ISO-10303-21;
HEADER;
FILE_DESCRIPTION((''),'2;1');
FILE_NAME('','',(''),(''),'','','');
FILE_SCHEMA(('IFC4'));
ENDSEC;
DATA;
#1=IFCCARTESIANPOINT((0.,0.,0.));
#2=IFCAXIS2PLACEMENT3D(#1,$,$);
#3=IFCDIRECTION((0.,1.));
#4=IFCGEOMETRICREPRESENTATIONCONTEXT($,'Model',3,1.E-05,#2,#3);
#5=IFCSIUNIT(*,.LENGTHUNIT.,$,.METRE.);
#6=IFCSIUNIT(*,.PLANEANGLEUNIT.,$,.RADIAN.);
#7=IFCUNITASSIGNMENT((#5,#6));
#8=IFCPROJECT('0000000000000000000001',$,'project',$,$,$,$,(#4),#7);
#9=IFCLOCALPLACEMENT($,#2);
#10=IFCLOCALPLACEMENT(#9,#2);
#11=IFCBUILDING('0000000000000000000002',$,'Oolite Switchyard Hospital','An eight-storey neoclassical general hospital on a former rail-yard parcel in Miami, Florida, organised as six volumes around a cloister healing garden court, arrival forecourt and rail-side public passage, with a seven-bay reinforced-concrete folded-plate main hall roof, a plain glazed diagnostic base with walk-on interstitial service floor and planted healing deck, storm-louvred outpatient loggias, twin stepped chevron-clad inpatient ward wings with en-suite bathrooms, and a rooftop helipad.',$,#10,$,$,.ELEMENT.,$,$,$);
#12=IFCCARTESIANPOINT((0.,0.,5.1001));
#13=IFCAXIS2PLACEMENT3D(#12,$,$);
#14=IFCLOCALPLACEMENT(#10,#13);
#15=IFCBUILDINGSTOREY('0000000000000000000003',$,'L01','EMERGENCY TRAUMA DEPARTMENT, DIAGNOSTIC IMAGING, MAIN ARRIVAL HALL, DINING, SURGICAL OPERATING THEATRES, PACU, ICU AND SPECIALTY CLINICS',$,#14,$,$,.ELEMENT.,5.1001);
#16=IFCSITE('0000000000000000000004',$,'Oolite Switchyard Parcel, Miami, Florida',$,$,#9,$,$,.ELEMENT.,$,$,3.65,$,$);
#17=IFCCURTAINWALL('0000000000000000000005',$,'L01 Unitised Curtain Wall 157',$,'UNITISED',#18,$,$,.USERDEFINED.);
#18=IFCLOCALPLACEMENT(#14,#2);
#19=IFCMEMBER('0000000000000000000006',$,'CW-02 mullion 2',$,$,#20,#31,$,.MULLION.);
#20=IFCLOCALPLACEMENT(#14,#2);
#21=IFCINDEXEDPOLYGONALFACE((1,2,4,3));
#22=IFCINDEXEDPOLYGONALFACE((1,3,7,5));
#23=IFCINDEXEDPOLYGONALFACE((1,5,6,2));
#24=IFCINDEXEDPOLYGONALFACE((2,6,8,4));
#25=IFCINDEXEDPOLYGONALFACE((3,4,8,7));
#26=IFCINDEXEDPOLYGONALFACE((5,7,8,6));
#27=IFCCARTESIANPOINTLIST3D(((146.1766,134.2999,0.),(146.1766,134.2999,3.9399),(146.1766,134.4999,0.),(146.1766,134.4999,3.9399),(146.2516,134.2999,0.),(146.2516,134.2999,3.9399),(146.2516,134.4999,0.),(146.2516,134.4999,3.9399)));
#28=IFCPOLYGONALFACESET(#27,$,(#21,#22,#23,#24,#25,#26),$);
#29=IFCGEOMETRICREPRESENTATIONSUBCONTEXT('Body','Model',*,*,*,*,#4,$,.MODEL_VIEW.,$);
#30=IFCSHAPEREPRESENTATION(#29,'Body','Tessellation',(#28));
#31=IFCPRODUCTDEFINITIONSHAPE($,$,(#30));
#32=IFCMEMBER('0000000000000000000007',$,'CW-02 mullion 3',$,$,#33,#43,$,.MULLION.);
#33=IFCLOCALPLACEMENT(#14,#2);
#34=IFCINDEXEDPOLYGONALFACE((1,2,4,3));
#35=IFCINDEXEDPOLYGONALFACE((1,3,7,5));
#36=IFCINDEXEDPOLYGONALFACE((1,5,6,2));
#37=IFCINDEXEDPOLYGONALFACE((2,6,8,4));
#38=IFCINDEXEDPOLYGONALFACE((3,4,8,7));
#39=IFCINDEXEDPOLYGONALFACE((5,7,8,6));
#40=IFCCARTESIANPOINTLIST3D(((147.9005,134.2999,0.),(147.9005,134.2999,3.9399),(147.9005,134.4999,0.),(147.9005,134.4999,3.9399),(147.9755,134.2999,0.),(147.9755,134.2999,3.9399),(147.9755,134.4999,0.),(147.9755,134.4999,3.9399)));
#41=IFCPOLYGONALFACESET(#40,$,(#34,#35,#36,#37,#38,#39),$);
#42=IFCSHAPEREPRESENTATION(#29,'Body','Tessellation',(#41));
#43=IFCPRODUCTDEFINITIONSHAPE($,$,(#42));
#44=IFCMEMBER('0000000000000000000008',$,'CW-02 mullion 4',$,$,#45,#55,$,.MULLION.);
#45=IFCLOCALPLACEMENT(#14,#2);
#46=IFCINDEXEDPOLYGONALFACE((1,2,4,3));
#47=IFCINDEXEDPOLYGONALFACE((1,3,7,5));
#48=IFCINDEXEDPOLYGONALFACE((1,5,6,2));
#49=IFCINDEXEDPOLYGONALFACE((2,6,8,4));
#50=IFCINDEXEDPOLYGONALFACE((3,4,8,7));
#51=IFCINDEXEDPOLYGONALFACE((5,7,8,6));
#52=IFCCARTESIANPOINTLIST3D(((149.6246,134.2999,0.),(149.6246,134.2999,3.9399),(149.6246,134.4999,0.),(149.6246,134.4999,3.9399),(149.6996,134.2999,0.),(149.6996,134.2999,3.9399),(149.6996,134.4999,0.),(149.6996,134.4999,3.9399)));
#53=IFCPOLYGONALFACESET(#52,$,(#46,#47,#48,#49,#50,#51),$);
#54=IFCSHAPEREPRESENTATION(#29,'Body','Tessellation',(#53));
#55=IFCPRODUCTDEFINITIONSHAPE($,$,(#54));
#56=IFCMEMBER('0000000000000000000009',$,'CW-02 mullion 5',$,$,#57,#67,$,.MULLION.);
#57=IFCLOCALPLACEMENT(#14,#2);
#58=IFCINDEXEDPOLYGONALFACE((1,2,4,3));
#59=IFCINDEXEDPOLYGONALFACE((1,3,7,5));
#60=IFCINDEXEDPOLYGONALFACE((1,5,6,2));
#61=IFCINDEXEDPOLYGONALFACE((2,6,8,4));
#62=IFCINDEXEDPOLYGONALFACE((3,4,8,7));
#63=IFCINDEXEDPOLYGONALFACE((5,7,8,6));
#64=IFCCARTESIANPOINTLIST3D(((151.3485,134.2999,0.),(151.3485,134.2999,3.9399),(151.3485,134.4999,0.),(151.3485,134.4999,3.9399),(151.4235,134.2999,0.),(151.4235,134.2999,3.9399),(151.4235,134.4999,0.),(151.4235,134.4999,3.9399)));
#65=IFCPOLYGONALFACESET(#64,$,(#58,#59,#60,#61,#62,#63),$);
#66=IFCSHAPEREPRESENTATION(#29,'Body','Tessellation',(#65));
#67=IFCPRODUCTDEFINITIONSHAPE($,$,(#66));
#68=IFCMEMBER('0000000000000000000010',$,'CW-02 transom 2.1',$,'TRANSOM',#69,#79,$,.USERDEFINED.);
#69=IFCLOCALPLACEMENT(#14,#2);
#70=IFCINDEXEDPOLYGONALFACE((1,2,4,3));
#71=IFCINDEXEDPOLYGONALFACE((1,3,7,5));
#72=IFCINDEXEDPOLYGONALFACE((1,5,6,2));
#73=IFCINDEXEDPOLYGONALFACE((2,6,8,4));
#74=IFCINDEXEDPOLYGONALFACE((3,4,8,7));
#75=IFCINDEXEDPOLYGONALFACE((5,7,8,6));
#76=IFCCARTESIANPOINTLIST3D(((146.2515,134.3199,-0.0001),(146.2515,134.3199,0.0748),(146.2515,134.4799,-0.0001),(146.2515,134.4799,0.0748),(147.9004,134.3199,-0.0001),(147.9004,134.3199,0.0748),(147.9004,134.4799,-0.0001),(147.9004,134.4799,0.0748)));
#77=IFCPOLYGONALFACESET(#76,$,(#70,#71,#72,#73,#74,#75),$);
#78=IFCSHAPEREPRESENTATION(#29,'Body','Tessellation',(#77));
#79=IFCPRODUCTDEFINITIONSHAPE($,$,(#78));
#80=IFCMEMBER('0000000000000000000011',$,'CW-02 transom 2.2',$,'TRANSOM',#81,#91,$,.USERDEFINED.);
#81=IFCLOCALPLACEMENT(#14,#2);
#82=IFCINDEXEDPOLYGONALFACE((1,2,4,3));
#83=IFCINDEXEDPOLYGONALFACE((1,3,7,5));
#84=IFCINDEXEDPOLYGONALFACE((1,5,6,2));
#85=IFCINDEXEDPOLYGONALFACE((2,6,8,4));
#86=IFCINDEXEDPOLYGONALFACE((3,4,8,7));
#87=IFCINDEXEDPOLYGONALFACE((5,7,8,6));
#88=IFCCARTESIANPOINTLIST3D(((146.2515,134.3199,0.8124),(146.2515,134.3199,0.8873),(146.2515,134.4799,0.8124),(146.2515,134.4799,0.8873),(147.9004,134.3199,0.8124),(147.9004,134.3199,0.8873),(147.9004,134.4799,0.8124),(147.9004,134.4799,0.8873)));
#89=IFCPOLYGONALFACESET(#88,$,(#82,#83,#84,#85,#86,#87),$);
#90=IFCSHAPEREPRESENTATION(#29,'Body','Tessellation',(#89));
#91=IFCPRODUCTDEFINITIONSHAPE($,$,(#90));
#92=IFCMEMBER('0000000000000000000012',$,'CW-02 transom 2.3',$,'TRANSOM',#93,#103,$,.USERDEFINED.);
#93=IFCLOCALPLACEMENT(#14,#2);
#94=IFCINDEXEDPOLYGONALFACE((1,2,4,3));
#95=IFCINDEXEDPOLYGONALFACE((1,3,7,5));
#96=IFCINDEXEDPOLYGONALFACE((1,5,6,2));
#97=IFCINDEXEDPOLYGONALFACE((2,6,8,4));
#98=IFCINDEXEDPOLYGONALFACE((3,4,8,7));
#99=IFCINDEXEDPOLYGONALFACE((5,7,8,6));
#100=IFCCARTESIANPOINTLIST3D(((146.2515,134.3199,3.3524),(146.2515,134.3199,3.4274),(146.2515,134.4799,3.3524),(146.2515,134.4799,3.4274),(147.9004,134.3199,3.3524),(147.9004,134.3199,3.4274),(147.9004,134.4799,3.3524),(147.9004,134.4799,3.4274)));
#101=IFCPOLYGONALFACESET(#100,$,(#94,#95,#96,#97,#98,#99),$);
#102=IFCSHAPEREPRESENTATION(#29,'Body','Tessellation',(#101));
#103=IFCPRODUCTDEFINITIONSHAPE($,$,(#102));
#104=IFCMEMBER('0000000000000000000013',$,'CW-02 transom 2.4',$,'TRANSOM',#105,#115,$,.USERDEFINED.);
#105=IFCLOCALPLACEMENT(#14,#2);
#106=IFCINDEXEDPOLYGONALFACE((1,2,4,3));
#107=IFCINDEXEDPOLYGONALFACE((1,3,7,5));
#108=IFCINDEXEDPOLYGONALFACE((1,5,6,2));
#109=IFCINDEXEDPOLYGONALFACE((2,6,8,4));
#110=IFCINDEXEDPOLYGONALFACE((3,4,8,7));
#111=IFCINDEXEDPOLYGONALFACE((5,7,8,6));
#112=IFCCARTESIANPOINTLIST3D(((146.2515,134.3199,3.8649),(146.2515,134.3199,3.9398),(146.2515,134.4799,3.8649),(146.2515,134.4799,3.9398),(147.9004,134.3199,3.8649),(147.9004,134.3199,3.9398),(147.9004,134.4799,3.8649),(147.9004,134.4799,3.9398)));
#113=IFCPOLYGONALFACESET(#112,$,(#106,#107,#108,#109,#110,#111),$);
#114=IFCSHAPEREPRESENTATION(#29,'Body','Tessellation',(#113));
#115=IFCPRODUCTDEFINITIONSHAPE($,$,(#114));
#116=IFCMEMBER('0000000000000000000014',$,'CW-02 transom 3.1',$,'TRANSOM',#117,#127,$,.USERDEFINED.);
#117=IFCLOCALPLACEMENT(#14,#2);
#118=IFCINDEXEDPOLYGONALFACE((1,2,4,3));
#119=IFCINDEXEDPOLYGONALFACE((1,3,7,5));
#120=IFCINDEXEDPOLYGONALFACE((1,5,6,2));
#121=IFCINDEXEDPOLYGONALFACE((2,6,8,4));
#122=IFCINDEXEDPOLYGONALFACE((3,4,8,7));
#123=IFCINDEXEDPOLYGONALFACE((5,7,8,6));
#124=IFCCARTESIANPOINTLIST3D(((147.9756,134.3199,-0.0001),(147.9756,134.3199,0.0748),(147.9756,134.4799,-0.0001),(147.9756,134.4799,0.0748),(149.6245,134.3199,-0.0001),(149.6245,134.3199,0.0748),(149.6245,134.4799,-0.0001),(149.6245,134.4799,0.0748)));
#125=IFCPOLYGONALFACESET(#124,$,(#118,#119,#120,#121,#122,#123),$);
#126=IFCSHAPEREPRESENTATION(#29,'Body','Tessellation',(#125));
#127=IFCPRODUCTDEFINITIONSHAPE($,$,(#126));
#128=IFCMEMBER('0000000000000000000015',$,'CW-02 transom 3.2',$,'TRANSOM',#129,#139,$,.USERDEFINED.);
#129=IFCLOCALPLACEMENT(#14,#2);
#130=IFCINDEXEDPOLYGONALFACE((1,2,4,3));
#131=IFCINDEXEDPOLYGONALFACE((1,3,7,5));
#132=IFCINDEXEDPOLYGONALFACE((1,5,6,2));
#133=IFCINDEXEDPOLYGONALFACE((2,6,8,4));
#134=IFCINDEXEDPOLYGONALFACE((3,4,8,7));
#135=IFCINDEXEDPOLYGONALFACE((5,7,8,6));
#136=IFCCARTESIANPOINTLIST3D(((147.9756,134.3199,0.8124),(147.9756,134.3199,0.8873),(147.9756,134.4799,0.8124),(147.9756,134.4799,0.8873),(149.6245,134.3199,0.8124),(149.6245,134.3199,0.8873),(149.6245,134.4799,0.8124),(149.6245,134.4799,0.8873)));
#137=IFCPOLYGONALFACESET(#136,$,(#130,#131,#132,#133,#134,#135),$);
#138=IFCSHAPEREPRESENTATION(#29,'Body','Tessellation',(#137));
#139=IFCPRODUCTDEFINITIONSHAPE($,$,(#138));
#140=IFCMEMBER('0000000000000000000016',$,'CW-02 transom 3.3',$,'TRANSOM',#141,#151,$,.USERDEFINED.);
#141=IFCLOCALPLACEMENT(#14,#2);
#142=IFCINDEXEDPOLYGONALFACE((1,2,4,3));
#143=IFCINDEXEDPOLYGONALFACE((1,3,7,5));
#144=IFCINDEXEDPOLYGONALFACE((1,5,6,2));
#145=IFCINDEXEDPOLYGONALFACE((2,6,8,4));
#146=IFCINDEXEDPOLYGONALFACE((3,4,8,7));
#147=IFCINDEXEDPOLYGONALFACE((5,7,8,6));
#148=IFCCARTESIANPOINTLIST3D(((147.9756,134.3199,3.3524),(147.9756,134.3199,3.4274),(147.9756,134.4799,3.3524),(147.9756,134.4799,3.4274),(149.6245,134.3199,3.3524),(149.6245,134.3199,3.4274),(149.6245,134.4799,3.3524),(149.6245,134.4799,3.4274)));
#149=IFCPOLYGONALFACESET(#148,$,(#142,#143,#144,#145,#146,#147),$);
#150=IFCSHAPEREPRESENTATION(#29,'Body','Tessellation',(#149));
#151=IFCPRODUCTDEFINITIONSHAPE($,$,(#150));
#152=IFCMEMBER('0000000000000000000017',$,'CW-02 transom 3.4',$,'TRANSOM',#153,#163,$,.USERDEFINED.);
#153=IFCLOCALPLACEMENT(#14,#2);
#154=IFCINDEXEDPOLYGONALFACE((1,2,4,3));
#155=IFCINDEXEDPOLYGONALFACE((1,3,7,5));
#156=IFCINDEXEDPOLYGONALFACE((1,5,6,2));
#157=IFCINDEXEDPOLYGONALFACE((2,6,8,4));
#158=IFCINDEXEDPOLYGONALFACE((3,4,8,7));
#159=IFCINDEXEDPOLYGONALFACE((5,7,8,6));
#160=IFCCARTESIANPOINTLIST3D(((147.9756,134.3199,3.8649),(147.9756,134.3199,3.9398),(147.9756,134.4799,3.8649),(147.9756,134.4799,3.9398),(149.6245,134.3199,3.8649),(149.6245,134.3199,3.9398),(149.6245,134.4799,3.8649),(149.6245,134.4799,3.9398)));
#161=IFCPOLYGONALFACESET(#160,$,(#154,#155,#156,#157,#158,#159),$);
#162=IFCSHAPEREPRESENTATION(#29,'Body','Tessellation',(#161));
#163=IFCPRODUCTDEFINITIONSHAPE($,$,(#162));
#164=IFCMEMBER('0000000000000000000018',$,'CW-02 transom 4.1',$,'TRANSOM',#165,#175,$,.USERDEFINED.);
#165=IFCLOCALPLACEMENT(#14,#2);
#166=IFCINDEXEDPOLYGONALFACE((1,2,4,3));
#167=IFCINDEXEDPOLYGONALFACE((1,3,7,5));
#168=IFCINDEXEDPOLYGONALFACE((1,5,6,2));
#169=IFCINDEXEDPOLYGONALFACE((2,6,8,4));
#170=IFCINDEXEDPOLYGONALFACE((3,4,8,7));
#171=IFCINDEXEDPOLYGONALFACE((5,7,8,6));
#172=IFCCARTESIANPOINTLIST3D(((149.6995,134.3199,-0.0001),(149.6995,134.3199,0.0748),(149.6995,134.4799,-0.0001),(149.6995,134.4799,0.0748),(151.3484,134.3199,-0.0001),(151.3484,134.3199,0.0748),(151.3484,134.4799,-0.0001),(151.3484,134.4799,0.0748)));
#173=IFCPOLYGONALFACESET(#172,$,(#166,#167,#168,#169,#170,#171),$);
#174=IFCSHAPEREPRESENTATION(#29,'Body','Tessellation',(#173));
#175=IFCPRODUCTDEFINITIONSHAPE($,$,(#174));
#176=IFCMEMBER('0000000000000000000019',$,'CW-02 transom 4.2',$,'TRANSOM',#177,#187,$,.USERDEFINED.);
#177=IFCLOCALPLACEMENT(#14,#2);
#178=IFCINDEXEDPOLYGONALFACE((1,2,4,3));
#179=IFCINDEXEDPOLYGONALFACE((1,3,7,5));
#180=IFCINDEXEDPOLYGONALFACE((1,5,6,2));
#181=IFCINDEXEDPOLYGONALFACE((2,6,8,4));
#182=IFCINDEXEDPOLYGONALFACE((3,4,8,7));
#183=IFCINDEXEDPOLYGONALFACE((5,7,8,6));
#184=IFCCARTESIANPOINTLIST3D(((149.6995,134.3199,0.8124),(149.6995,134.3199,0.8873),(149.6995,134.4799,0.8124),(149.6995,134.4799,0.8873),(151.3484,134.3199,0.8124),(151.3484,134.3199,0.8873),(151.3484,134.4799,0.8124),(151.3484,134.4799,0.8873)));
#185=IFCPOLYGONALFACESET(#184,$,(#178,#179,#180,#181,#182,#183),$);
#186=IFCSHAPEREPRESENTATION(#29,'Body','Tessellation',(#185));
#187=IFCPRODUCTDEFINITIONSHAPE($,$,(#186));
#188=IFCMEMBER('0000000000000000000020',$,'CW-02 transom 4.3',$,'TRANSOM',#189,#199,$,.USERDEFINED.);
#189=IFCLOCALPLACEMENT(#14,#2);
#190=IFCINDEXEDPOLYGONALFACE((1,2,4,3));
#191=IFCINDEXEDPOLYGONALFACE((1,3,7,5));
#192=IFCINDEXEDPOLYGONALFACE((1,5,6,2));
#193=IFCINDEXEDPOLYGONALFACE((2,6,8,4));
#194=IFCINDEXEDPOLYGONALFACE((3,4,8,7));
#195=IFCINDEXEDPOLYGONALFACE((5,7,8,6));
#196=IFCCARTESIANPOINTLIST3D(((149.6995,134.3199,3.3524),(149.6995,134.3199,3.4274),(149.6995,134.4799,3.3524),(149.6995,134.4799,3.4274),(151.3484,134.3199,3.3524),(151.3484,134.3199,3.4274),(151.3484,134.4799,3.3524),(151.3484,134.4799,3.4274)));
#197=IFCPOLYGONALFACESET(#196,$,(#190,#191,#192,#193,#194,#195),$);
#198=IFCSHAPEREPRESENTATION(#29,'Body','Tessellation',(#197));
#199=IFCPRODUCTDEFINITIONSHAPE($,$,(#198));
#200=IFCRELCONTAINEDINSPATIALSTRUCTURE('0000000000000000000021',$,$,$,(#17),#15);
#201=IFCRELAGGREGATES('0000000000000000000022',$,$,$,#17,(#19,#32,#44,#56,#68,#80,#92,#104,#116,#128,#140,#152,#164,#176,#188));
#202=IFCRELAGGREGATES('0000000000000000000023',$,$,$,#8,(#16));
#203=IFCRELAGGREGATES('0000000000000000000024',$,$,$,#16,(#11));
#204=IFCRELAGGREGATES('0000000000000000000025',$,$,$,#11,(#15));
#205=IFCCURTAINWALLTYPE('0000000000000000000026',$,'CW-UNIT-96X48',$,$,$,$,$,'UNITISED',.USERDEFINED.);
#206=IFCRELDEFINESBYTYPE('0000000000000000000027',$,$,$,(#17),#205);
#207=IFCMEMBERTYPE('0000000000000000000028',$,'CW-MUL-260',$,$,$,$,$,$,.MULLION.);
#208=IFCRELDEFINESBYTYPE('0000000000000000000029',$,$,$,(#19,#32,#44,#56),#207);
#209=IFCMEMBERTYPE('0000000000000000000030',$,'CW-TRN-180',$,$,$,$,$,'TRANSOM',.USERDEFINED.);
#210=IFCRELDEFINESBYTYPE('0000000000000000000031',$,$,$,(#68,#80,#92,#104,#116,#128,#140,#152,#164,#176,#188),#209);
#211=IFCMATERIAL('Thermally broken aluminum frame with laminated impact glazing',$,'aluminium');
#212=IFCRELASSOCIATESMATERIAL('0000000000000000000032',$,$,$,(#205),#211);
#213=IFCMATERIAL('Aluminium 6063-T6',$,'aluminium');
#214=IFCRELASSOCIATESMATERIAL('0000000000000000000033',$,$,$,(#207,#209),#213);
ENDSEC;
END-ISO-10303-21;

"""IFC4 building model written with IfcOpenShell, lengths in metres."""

from ifc_helpers import new_model, si_unit, direction, frame, origin, origin_2d, place, context, subcontext, project, spatial, rectangle, extrude, material, material_profile, profile_set, type_object, element, aggregate, save


model = new_model("IFC4")

# Units and contexts
model_context = context("Model", 3, precision=1e-05, world=origin(), true_north=direction((0.0, 1.0)))
body_context = subcontext(model_context, "Body", "Model", "MODEL_VIEW")
ifc_project = project(units=[si_unit("LENGTHUNIT", "METRE"), si_unit("PLANEANGLEUNIT", "RADIAN")], contexts=[model_context])

# Site, building, storey
site_placement = place(None, origin())
site = spatial("IfcSite", under=ifc_project, at=site_placement, Name="Oolite Switchyard Parcel, Miami, Florida", CompositionType="ELEMENT", RefElevation=3.65)
building_placement = place(site_placement, origin())
building = spatial("IfcBuilding", under=site, at=building_placement, Name="Oolite Switchyard Hospital", Description="An eight-storey neoclassical general hospital on a former rail-yard parcel in Miami, Florida, organised as six volumes around a cloister healing garden court, arrival forecourt and rail-side public passage, with a seven-bay reinforced-concrete folded-plate main hall roof, a plain glazed diagnostic base with walk-on interstitial service floor and planted healing deck, storm-louvred outpatient loggias, twin stepped chevron-clad inpatient ward wings with en-suite bathrooms, and a rooftop helipad.", CompositionType="ELEMENT")
storey_placement = place(building_placement, frame((0.0, 0.0, 5.1001)))
storey = spatial("IfcBuildingStorey", under=building, at=storey_placement, Name="L01", Description="EMERGENCY TRAUMA DEPARTMENT, DIAGNOSTIC IMAGING, MAIN ARRIVAL HALL, DINING, SURGICAL OPERATING THEATRES, PACU, ICU AND SPECIALTY CLINICS", CompositionType="ELEMENT", Elevation=5.1001)

# Curtain wall, members
ifc_material_1 = material(Name="Thermally broken aluminum frame with laminated impact glazing", Category="aluminium")
curtain_wall_type = type_object("IfcCurtainWallType", Name="CW-UNIT-96X48", ElementType="UNITISED", PredefinedType="USERDEFINED", material=ifc_material_1)
curtain_wall_placement = place(storey_placement, origin())
curtain_wall = element("IfcCurtainWall", 1, at=curtain_wall_placement, inside=storey, type_object=curtain_wall_type, Name="L01 Unitised Curtain Wall 157", ObjectType="UNITISED", PredefinedType="USERDEFINED")
ifc_material_2 = material(Name="Aluminium 6063-T6", Category="aluminium")
ifc_material_profile_1 = material_profile(ifc_material_2, rectangle(XDim=0.2, YDim=0.075, at=origin_2d()), Name="CWM75X200")
ifc_profile_set_1 = profile_set([ifc_material_profile_1], Name="Aluminium 6063-T6")
member_type_1 = type_object("IfcMemberType", Name="CW-MUL-260", PredefinedType="MULLION", material=ifc_profile_set_1)
member_1_placement = place(storey_placement, frame((146.2141, 134.3999, 0.0), z_axis=(0.0, 0.0, 1.0), x_axis=(0.0, 1.0, 0.0)))
member_1 = element("IfcMember", 2, at=member_1_placement, type_object=member_type_1, Name="CW-02 mullion 2", PredefinedType="MULLION", context=body_context, shape_type="SweptSolid", body=[
    extrude(rectangle(XDim=0.2, YDim=0.075, at=origin_2d()), origin(), (0.0, 0.0, 1.0), 3.9399),
])
member_2_placement = place(storey_placement, frame((147.938, 134.3999, 0.0), z_axis=(0.0, 0.0, 1.0), x_axis=(0.0, 1.0, 0.0)))
member_2 = element("IfcMember", 3, at=member_2_placement, type_object=member_type_1, Name="CW-02 mullion 3", PredefinedType="MULLION", context=body_context, shape_type="SweptSolid", body=[
    extrude(rectangle(XDim=0.2, YDim=0.075, at=origin_2d()), origin(), (0.0, 0.0, 1.0), 3.9399),
])
member_3_placement = place(storey_placement, frame((149.6621, 134.3999, 0.0), z_axis=(0.0, 0.0, 1.0), x_axis=(0.0, 1.0, 0.0)))
member_3 = element("IfcMember", 4, at=member_3_placement, type_object=member_type_1, Name="CW-02 mullion 4", PredefinedType="MULLION", context=body_context, shape_type="SweptSolid", body=[
    extrude(rectangle(XDim=0.2, YDim=0.075, at=origin_2d()), origin(), (0.0, 0.0, 1.0), 3.9399),
])
member_4_placement = place(storey_placement, frame((151.386, 134.3999, 0.0), z_axis=(0.0, 0.0, 1.0), x_axis=(0.0, 1.0, 0.0)))
member_4 = element("IfcMember", 5, at=member_4_placement, type_object=member_type_1, Name="CW-02 mullion 5", PredefinedType="MULLION", context=body_context, shape_type="SweptSolid", body=[
    extrude(rectangle(XDim=0.2, YDim=0.075, at=origin_2d()), origin(), (0.0, 0.0, 1.0), 3.9399),
])
ifc_material_profile_2 = material_profile(ifc_material_2, rectangle(XDim=0.1599, YDim=0.075, at=origin_2d()), Name="CWT75X160")
ifc_profile_set_2 = profile_set([ifc_material_profile_2], Name="Aluminium 6063-T6")
member_type_2 = type_object("IfcMemberType", Name="CW-TRN-180", ElementType="TRANSOM", PredefinedType="USERDEFINED", material=ifc_profile_set_2)
member_5_placement = place(storey_placement, frame((146.2515, 134.3999, 0.0374), z_axis=(1.0, 0.0, 0.0), x_axis=(0.0, 1.0, 0.0)))
member_5 = element("IfcMember", 6, at=member_5_placement, type_object=member_type_2, Name="CW-02 transom 2.1", ObjectType="TRANSOM", PredefinedType="USERDEFINED", context=body_context, shape_type="SweptSolid", body=[
    extrude(rectangle(XDim=0.1599, YDim=0.075, at=origin_2d()), origin(), (0.0, 0.0, 1.0), 1.6489),
])
member_6_placement = place(storey_placement, frame((146.2515, 134.3999, 0.8499), z_axis=(1.0, 0.0, 0.0), x_axis=(0.0, 1.0, 0.0)))
member_6 = element("IfcMember", 7, at=member_6_placement, type_object=member_type_2, Name="CW-02 transom 2.2", ObjectType="TRANSOM", PredefinedType="USERDEFINED", context=body_context, shape_type="SweptSolid", body=[
    extrude(rectangle(XDim=0.1599, YDim=0.075, at=origin_2d()), origin(), (0.0, 0.0, 1.0), 1.6489),
])
member_7_placement = place(storey_placement, frame((146.2515, 134.3999, 3.3899), z_axis=(1.0, 0.0, 0.0), x_axis=(0.0, 1.0, 0.0)))
member_7 = element("IfcMember", 8, at=member_7_placement, type_object=member_type_2, Name="CW-02 transom 2.3", ObjectType="TRANSOM", PredefinedType="USERDEFINED", context=body_context, shape_type="SweptSolid", body=[
    extrude(rectangle(XDim=0.1599, YDim=0.075, at=origin_2d()), origin(), (0.0, 0.0, 1.0), 1.6489),
])
member_8_placement = place(storey_placement, frame((146.2515, 134.3999, 3.9023), z_axis=(1.0, 0.0, 0.0), x_axis=(0.0, 1.0, 0.0)))
member_8 = element("IfcMember", 9, at=member_8_placement, type_object=member_type_2, Name="CW-02 transom 2.4", ObjectType="TRANSOM", PredefinedType="USERDEFINED", context=body_context, shape_type="SweptSolid", body=[
    extrude(rectangle(XDim=0.1599, YDim=0.075, at=origin_2d()), origin(), (0.0, 0.0, 1.0), 1.6489),
])
member_9_placement = place(storey_placement, frame((147.9756, 134.3999, 0.0374), z_axis=(1.0, 0.0, 0.0), x_axis=(0.0, 1.0, 0.0)))
member_9 = element("IfcMember", 10, at=member_9_placement, type_object=member_type_2, Name="CW-02 transom 3.1", ObjectType="TRANSOM", PredefinedType="USERDEFINED", context=body_context, shape_type="SweptSolid", body=[
    extrude(rectangle(XDim=0.1599, YDim=0.075, at=origin_2d()), origin(), (0.0, 0.0, 1.0), 1.6489),
])
member_10_placement = place(storey_placement, frame((147.9756, 134.3999, 0.8499), z_axis=(1.0, 0.0, 0.0), x_axis=(0.0, 1.0, 0.0)))
member_10 = element("IfcMember", 11, at=member_10_placement, type_object=member_type_2, Name="CW-02 transom 3.2", ObjectType="TRANSOM", PredefinedType="USERDEFINED", context=body_context, shape_type="SweptSolid", body=[
    extrude(rectangle(XDim=0.1599, YDim=0.075, at=origin_2d()), origin(), (0.0, 0.0, 1.0), 1.6489),
])
member_11_placement = place(storey_placement, frame((147.9756, 134.3999, 3.3899), z_axis=(1.0, 0.0, 0.0), x_axis=(0.0, 1.0, 0.0)))
member_11 = element("IfcMember", 12, at=member_11_placement, type_object=member_type_2, Name="CW-02 transom 3.3", ObjectType="TRANSOM", PredefinedType="USERDEFINED", context=body_context, shape_type="SweptSolid", body=[
    extrude(rectangle(XDim=0.1599, YDim=0.075, at=origin_2d()), origin(), (0.0, 0.0, 1.0), 1.6489),
])
member_12_placement = place(storey_placement, frame((147.9756, 134.3999, 3.9023), z_axis=(1.0, 0.0, 0.0), x_axis=(0.0, 1.0, 0.0)))
member_12 = element("IfcMember", 13, at=member_12_placement, type_object=member_type_2, Name="CW-02 transom 3.4", ObjectType="TRANSOM", PredefinedType="USERDEFINED", context=body_context, shape_type="SweptSolid", body=[
    extrude(rectangle(XDim=0.1599, YDim=0.075, at=origin_2d()), origin(), (0.0, 0.0, 1.0), 1.6489),
])
member_13_placement = place(storey_placement, frame((149.6995, 134.3999, 0.0374), z_axis=(1.0, 0.0, 0.0), x_axis=(0.0, 1.0, 0.0)))
member_13 = element("IfcMember", 14, at=member_13_placement, type_object=member_type_2, Name="CW-02 transom 4.1", ObjectType="TRANSOM", PredefinedType="USERDEFINED", context=body_context, shape_type="SweptSolid", body=[
    extrude(rectangle(XDim=0.1599, YDim=0.075, at=origin_2d()), origin(), (0.0, 0.0, 1.0), 1.6489),
])
member_14_placement = place(storey_placement, frame((149.6995, 134.3999, 0.8499), z_axis=(1.0, 0.0, 0.0), x_axis=(0.0, 1.0, 0.0)))
member_14 = element("IfcMember", 15, at=member_14_placement, type_object=member_type_2, Name="CW-02 transom 4.2", ObjectType="TRANSOM", PredefinedType="USERDEFINED", context=body_context, shape_type="SweptSolid", body=[
    extrude(rectangle(XDim=0.1599, YDim=0.075, at=origin_2d()), origin(), (0.0, 0.0, 1.0), 1.6489),
])
member_15_placement = place(storey_placement, frame((149.6995, 134.3999, 3.3899), z_axis=(1.0, 0.0, 0.0), x_axis=(0.0, 1.0, 0.0)))
member_15 = element("IfcMember", 16, at=member_15_placement, type_object=member_type_2, Name="CW-02 transom 4.3", ObjectType="TRANSOM", PredefinedType="USERDEFINED", context=body_context, shape_type="SweptSolid", body=[
    extrude(rectangle(XDim=0.1599, YDim=0.075, at=origin_2d()), origin(), (0.0, 0.0, 1.0), 1.6489),
])
aggregate(curtain_wall, [member_1, member_2, member_3, member_4, member_5, member_6, member_7, member_8, member_9, member_10, member_11, member_12, member_13, member_14, member_15])

save(model, "model.ifc")
